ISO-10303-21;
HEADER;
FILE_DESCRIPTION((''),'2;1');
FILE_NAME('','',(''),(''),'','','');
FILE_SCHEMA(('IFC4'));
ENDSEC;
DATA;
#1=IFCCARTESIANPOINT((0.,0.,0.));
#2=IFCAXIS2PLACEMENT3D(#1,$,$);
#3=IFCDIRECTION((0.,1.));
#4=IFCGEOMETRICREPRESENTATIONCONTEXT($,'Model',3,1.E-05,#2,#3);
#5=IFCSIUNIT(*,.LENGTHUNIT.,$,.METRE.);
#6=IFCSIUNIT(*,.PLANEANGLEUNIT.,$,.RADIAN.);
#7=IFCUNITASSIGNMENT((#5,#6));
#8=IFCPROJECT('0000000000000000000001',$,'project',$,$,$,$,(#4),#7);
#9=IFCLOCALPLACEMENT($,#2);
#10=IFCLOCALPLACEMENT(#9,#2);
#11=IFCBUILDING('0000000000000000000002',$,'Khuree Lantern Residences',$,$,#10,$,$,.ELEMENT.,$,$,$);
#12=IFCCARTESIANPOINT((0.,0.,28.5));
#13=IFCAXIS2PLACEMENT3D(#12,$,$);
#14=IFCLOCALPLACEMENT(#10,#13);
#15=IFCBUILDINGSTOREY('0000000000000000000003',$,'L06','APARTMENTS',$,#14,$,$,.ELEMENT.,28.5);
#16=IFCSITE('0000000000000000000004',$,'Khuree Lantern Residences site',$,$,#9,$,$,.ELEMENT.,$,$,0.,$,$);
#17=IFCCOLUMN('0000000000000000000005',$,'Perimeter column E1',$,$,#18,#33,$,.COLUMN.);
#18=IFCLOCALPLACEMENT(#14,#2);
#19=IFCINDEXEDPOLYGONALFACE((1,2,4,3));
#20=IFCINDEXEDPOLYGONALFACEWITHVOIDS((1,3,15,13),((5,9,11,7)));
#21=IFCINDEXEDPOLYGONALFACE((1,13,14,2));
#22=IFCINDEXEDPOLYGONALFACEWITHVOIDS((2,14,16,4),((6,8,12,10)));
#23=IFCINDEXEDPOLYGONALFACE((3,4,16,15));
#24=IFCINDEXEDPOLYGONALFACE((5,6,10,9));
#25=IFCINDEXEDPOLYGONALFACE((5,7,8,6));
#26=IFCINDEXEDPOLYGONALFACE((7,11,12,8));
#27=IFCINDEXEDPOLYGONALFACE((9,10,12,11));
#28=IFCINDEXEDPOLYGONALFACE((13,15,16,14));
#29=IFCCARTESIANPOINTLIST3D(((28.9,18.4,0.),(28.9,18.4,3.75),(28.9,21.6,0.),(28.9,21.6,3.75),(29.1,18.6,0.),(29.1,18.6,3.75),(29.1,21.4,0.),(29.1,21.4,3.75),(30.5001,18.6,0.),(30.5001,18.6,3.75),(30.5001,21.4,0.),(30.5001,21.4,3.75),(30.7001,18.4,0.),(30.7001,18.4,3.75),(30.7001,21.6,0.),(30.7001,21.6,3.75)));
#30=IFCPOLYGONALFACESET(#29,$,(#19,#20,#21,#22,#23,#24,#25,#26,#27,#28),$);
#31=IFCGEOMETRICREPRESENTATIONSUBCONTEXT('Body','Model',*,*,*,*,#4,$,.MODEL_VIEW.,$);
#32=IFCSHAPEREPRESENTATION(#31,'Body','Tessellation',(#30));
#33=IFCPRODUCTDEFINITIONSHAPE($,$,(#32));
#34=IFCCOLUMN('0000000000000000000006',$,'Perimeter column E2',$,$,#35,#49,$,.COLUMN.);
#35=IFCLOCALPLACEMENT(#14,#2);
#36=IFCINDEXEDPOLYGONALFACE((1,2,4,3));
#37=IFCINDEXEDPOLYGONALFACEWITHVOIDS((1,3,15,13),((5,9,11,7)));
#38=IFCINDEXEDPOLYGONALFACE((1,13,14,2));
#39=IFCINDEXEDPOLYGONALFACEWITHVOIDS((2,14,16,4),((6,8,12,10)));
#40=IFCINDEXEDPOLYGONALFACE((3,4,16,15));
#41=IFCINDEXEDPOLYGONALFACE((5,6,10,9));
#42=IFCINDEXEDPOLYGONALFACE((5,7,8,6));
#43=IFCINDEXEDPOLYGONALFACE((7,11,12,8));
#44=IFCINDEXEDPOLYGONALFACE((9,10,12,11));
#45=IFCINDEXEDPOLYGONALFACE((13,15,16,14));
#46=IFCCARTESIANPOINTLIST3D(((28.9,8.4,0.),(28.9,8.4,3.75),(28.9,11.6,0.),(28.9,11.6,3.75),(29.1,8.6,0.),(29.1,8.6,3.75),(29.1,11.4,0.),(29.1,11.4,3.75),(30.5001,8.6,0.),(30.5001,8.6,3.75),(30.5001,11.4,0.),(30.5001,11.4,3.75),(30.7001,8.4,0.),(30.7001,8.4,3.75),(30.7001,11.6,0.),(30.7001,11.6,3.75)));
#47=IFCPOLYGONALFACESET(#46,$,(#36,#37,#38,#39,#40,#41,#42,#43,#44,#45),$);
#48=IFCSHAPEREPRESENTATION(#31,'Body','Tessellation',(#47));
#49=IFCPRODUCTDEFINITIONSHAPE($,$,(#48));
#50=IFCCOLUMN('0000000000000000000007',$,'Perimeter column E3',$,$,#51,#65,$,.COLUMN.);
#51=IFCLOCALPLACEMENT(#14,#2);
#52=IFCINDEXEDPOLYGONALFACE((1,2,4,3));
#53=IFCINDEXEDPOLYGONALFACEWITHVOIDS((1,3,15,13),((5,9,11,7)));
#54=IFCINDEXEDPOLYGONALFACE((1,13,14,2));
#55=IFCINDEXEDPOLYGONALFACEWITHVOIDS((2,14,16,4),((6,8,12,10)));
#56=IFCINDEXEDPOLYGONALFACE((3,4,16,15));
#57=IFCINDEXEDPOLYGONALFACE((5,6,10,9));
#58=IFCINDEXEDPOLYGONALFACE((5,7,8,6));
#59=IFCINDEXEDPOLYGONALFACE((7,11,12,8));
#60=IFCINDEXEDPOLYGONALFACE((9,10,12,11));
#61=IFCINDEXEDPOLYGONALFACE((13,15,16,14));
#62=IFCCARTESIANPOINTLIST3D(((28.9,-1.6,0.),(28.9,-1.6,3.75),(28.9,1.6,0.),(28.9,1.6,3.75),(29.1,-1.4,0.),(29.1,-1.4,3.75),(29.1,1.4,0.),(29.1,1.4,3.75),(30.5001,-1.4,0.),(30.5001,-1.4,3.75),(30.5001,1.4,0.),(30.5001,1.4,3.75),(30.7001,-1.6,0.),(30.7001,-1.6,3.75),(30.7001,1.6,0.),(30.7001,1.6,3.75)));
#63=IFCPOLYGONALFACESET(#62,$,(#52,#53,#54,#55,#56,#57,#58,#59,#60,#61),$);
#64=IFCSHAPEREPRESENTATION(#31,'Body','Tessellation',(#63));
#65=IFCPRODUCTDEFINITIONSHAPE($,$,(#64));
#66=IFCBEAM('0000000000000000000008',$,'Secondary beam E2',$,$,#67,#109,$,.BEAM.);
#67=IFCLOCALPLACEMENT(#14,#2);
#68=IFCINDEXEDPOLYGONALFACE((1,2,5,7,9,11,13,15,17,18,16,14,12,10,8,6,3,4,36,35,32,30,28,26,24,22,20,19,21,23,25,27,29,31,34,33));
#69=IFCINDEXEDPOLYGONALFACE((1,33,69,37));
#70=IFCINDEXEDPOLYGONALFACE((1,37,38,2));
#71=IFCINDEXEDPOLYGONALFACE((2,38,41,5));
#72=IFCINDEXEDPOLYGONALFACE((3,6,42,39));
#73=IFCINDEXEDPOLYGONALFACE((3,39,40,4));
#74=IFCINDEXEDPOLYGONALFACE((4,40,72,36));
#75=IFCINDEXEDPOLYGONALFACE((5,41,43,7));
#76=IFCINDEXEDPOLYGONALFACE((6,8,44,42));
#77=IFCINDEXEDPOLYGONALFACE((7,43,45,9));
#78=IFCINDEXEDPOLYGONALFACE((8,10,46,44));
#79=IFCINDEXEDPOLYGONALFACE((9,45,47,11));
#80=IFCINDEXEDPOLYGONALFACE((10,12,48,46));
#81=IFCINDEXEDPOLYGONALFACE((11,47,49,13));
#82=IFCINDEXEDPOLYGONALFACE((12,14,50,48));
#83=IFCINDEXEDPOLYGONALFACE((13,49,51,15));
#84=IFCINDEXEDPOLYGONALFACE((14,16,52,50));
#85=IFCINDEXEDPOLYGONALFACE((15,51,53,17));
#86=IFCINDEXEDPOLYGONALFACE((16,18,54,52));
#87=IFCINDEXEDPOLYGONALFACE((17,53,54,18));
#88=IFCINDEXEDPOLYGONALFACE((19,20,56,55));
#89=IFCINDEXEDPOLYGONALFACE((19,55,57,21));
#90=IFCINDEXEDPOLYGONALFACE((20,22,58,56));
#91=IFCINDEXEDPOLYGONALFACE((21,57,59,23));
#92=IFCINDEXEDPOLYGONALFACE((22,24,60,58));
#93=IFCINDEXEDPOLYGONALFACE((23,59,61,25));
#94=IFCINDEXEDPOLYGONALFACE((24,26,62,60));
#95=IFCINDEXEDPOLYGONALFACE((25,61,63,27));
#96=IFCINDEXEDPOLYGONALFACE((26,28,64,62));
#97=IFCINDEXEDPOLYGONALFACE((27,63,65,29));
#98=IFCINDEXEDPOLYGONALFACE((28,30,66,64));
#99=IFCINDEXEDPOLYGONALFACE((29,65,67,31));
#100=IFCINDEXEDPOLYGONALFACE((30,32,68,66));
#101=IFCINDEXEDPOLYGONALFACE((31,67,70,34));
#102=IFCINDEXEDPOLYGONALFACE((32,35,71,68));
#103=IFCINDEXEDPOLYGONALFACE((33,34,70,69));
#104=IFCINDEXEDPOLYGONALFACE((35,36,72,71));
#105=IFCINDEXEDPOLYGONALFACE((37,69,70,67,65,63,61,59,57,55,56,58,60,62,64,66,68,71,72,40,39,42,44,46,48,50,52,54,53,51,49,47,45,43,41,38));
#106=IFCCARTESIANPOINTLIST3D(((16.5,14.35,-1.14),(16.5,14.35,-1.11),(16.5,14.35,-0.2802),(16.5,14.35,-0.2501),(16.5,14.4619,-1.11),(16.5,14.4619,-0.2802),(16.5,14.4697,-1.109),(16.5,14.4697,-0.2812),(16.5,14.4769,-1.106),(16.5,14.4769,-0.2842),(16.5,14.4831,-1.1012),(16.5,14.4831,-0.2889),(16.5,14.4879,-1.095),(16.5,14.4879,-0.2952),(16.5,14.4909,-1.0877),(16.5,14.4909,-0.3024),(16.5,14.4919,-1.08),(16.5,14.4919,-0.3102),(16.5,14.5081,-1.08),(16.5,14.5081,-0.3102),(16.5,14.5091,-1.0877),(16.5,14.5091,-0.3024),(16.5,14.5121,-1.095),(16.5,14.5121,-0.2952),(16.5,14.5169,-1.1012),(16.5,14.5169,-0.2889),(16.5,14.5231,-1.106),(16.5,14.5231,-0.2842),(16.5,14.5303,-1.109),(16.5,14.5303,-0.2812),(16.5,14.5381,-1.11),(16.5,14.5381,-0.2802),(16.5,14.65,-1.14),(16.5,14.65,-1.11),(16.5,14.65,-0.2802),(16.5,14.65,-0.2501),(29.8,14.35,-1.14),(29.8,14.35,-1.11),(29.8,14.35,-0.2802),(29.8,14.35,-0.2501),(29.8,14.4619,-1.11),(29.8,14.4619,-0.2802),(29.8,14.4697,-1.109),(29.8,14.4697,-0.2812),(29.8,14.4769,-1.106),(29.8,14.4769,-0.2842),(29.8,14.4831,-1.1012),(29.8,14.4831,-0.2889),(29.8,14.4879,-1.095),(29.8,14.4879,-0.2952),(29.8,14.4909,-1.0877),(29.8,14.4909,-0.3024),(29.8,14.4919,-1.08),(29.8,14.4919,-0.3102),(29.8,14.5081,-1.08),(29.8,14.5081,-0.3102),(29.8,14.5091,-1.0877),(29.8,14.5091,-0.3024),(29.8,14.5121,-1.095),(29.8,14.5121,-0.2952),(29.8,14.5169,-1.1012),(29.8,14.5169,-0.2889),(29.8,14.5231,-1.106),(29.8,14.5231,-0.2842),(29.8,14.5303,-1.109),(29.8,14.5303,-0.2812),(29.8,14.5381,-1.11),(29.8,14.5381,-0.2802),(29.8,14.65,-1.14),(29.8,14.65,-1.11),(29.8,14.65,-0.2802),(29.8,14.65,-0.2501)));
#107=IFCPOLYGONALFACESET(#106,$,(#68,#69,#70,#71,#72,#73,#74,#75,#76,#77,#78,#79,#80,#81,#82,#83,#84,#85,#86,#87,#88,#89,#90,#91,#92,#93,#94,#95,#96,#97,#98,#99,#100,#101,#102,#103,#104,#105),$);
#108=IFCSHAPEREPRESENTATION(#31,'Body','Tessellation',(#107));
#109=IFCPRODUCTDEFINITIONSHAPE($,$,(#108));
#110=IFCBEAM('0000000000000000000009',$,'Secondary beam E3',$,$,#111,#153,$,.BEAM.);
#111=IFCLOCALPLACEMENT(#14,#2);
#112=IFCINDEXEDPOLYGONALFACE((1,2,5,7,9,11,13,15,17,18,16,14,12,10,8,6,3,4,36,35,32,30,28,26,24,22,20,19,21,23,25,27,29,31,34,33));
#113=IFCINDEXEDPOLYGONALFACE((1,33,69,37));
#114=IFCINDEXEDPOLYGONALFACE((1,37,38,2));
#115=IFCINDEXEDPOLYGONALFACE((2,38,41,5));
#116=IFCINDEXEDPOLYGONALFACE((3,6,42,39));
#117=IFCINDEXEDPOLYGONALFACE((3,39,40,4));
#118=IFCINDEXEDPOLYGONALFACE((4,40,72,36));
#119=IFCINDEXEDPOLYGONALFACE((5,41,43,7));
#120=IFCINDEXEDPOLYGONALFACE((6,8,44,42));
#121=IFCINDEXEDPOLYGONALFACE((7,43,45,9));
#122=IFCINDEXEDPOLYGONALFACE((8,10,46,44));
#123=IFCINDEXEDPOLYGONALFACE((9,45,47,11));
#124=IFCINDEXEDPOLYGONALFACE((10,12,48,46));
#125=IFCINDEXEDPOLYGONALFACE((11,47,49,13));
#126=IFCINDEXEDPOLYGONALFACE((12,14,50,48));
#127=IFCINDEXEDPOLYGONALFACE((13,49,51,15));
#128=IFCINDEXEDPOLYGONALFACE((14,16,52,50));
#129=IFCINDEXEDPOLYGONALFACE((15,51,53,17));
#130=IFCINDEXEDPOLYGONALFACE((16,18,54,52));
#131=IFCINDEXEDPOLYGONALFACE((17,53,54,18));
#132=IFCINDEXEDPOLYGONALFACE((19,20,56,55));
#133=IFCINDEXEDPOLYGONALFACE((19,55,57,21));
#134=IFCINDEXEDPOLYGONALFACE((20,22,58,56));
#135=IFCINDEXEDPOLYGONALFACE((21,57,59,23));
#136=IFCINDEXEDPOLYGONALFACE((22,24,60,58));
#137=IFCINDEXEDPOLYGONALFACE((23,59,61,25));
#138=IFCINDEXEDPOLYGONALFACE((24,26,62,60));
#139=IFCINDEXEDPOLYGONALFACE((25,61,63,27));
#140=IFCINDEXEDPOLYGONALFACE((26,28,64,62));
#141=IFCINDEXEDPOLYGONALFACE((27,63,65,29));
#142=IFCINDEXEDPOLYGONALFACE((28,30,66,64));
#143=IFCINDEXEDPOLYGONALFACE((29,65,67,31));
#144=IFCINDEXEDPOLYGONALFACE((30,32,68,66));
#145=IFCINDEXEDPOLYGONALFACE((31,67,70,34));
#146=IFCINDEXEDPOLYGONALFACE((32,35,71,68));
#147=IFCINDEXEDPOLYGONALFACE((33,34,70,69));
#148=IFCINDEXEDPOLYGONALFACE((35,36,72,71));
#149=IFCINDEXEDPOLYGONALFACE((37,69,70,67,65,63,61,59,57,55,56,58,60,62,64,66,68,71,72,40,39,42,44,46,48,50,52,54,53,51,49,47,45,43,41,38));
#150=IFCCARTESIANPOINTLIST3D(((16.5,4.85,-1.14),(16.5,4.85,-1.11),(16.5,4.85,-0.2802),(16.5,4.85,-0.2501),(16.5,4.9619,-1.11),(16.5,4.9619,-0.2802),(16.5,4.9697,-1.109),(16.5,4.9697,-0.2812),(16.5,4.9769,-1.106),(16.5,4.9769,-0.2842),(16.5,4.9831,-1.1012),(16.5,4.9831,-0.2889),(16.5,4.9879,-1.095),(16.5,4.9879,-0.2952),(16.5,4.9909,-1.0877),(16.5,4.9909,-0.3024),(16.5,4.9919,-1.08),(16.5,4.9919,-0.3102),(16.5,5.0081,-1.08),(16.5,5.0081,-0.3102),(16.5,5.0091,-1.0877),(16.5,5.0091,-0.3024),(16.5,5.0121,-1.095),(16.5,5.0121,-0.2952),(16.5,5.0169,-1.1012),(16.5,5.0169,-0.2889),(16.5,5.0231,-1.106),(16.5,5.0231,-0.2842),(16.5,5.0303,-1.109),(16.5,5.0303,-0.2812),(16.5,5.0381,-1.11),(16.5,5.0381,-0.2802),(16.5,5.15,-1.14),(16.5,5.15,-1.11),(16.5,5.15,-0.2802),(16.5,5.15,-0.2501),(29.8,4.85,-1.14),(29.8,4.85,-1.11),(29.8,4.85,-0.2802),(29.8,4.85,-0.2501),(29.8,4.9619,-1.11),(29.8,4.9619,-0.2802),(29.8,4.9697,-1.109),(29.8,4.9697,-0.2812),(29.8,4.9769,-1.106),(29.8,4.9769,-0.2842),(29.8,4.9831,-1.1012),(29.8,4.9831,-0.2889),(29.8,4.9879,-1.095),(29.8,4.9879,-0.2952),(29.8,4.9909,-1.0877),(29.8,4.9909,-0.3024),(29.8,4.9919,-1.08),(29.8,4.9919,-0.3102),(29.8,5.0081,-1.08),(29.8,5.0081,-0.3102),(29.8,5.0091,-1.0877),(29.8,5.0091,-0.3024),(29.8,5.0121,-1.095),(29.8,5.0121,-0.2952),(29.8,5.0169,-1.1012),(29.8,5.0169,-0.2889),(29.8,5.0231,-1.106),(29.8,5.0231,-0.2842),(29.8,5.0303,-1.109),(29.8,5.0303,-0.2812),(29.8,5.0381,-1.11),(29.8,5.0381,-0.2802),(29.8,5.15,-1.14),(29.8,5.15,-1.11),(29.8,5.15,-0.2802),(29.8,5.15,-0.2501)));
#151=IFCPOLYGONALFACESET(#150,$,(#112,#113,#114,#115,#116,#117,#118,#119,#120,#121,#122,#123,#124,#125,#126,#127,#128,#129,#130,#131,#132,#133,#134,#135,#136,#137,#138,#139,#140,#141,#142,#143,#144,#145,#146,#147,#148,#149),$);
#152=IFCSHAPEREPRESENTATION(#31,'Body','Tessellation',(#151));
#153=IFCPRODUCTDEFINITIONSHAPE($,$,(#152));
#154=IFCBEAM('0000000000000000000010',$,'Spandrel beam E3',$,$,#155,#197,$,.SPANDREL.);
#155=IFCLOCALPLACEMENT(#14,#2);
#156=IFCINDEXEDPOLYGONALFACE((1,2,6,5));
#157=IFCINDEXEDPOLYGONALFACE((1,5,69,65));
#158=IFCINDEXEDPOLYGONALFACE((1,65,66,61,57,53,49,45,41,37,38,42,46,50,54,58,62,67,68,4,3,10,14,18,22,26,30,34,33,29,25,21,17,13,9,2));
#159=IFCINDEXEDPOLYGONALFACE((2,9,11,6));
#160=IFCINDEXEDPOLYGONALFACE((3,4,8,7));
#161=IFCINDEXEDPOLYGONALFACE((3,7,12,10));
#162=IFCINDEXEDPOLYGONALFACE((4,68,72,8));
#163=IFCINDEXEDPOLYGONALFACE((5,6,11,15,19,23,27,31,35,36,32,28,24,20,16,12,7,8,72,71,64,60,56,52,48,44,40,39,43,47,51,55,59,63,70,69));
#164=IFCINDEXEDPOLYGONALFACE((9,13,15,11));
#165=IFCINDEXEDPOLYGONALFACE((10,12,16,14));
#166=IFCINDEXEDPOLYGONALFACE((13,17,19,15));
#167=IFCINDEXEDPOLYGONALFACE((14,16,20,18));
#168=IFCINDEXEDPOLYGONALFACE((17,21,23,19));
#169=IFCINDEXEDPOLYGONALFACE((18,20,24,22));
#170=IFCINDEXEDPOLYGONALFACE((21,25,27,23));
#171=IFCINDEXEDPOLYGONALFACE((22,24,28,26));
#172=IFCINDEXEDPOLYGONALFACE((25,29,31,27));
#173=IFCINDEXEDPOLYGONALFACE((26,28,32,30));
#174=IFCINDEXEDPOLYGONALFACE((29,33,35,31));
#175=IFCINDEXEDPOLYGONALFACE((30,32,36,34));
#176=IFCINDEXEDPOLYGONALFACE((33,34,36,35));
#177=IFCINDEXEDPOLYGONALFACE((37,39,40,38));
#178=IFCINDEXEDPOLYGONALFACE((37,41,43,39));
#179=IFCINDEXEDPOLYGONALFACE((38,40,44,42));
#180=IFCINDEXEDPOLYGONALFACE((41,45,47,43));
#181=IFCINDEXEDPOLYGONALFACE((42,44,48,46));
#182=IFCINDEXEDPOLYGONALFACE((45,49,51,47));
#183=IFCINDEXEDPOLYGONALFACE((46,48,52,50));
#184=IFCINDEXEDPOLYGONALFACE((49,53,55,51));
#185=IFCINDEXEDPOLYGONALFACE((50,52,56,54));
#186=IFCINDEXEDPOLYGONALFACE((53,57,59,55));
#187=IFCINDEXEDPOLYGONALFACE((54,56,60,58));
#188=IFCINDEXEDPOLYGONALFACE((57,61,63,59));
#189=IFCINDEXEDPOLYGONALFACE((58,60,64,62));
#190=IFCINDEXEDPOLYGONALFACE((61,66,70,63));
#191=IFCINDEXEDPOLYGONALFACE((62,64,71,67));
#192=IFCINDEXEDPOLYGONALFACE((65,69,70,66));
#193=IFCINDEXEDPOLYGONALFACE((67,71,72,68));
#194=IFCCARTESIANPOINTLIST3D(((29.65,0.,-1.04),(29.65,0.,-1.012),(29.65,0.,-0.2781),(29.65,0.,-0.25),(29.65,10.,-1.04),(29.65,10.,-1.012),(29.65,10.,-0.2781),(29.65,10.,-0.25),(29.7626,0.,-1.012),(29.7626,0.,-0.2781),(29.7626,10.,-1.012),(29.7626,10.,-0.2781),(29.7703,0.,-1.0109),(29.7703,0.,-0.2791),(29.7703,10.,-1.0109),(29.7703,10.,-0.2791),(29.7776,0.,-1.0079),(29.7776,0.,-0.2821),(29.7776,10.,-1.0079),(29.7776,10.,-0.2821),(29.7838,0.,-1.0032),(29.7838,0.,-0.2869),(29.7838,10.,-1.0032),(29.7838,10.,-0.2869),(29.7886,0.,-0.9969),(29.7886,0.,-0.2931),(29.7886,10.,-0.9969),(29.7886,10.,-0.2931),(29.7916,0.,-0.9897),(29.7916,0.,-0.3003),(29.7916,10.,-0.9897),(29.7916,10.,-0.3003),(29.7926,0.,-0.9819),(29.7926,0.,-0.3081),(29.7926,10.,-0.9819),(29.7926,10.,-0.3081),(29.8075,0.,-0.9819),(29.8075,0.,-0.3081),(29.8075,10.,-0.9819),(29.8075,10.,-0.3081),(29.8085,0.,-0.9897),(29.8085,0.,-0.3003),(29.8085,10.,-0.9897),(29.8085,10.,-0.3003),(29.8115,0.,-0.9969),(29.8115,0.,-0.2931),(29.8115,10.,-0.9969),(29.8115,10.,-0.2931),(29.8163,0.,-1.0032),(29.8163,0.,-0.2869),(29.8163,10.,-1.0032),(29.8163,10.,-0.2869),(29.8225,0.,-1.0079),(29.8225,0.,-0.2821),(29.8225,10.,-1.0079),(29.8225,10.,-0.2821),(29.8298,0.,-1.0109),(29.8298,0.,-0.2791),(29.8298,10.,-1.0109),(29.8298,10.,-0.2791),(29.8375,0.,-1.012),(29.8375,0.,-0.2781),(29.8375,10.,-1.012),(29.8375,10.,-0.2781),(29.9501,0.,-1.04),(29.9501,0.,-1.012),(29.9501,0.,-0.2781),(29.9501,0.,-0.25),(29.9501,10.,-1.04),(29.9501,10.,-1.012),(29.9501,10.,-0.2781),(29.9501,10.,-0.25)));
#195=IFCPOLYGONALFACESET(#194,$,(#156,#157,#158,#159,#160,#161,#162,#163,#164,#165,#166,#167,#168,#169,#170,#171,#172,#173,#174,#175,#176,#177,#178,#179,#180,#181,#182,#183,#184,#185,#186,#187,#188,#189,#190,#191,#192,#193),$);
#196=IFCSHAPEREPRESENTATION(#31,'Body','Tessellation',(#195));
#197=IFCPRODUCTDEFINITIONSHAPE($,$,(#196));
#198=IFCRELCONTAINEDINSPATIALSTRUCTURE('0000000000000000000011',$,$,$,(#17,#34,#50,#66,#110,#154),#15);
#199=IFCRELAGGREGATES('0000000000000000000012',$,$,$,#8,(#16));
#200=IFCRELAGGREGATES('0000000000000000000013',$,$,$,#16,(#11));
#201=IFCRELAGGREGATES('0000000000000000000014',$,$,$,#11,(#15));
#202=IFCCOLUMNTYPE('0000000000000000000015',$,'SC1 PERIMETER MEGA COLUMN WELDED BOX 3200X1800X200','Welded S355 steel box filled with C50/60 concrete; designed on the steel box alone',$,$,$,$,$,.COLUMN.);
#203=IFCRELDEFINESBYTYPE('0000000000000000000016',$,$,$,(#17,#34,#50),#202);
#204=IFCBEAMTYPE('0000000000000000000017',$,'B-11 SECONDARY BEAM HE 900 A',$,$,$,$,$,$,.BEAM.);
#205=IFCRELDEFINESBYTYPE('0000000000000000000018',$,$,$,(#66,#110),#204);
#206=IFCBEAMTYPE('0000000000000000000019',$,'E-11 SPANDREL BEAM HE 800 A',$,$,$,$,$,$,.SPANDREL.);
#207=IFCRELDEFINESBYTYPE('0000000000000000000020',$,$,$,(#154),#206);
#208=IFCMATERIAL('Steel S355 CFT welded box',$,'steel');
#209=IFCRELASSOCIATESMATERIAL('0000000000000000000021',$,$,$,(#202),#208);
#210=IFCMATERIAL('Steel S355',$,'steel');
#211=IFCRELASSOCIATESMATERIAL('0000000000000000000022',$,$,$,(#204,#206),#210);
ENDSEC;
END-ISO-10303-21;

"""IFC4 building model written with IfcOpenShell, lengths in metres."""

from ifc_helpers import new_model, si_unit, direction, frame, origin, origin_2d, place, context, subcontext, project, spatial, hollow_rectangle, i_section, extrude, material, material_profile, profile_set, type_object, element, save


model = new_model("IFC4")

# Units and contexts
model_context = context("Model", 3, precision=1e-05, world=origin(), true_north=direction((0.0, 1.0)))
body_context = subcontext(model_context, "Body", "Model", "MODEL_VIEW")
ifc_project = project(units=[si_unit("LENGTHUNIT", "METRE"), si_unit("PLANEANGLEUNIT", "RADIAN")], contexts=[model_context])

# Site, building, storey
site_placement = place(None, origin())
site = spatial("IfcSite", under=ifc_project, at=site_placement, Name="Khuree Lantern Residences site", CompositionType="ELEMENT", RefElevation=0.0)
building_placement = place(site_placement, origin())
building = spatial("IfcBuilding", under=site, at=building_placement, Name="Khuree Lantern Residences", CompositionType="ELEMENT")
storey_placement = place(building_placement, frame((0.0, 0.0, 28.5)))
storey = spatial("IfcBuildingStorey", under=building, at=storey_placement, Name="L06", Description="APARTMENTS", CompositionType="ELEMENT", Elevation=28.5)

# Columns
ifc_material_1 = material(Name="Steel S355 CFT welded box", Category="steel")
ifc_material_profile_1 = material_profile(ifc_material_1, hollow_rectangle(XDim=3.2, YDim=1.8, WallThickness=0.2, at=origin_2d()), Name="WELDED BOX 3200X1800X200")
ifc_profile_set_1 = profile_set([ifc_material_profile_1], Name="Steel S355 CFT welded box")
column_type = type_object("IfcColumnType", Name="SC1 PERIMETER MEGA COLUMN WELDED BOX 3200X1800X200", Description="Welded S355 steel box filled with C50/60 concrete; designed on the steel box alone", PredefinedType="COLUMN", material=ifc_profile_set_1)
for number, where, z_axis, x_axis, name in (
    (1, (29.8, 20.0, 0.0), (0.0, 0.0, 1.0), (0.0, 1.0, 0.0), "Perimeter column E1"),
    (2, (29.8, 10.0, 0.0), (0.0, 0.0, 1.0), (0.0, 1.0, 0.0), "Perimeter column E2"),
    (3, (29.8, 0.0, 0.0), (0.0, 0.0, 1.0), (0.0, 1.0, 0.0), "Perimeter column E3"),
):
    element("IfcColumn", number, at=place(storey_placement, frame(where, z_axis=z_axis, x_axis=x_axis)), inside=storey, type_object=column_type, Name=name, PredefinedType="COLUMN", context=body_context, shape_type="SweptSolid", body=[
        extrude(hollow_rectangle(XDim=3.2, YDim=1.8, WallThickness=0.2, at=origin_2d()), origin(), (0.0, 0.0, 1.0), 3.75),
    ])

# Beams
ifc_material_2 = material(Name="Steel S355", Category="steel")
ifc_material_profile_2 = material_profile(ifc_material_2, i_section(OverallWidth=0.3, OverallDepth=0.8899, WebThickness=0.0161, FlangeThickness=0.03, FilletRadius=0.03, at=origin_2d()), Name="HE 900 A")
ifc_profile_set_2 = profile_set([ifc_material_profile_2], Name="Steel S355")
beam_type_1 = type_object("IfcBeamType", Name="B-11 SECONDARY BEAM HE 900 A", PredefinedType="BEAM", material=ifc_profile_set_2)
for number, where, z_axis, x_axis, name in (
    (4, (29.8, 14.5, -0.6951), (-1.0, 0.0, 0.0), (0.0, -1.0, 0.0), "Secondary beam E2"),
    (5, (29.8, 5.0, -0.6951), (-1.0, 0.0, 0.0), (0.0, -1.0, 0.0), "Secondary beam E3"),
):
    element("IfcBeam", number, at=place(storey_placement, frame(where, z_axis=z_axis, x_axis=x_axis)), inside=storey, type_object=beam_type_1, Name=name, PredefinedType="BEAM", context=body_context, shape_type="SweptSolid", body=[
        extrude(i_section(OverallWidth=0.3, OverallDepth=0.8899, WebThickness=0.0161, FlangeThickness=0.03, FilletRadius=0.03, at=origin_2d()), origin(), (0.0, 0.0, 1.0), 13.3),
    ])
ifc_material_profile_3 = material_profile(ifc_material_2, i_section(OverallWidth=0.3, OverallDepth=0.79, WebThickness=0.0149, FlangeThickness=0.0281, FilletRadius=0.03, at=origin_2d()), Name="HE 800 A")
ifc_profile_set_3 = profile_set([ifc_material_profile_3], Name="Steel S355")
beam_type_2 = type_object("IfcBeamType", Name="E-11 SPANDREL BEAM HE 800 A", PredefinedType="SPANDREL", material=ifc_profile_set_3)
for number, where, z_axis, x_axis, name in (
    (6, (29.8, 10.0, -0.645), (0.0, -1.0, 0.0), (1.0, 0.0, 0.0), "Spandrel beam E3"),
):
    element("IfcBeam", number, at=place(storey_placement, frame(where, z_axis=z_axis, x_axis=x_axis)), inside=storey, type_object=beam_type_2, Name=name, PredefinedType="SPANDREL", context=body_context, shape_type="SweptSolid", body=[
        extrude(i_section(OverallWidth=0.3, OverallDepth=0.79, WebThickness=0.0149, FlangeThickness=0.0281, FilletRadius=0.03, at=origin_2d()), origin(), (0.0, 0.0, 1.0), 10.0),
    ])

save(model, "model.ifc")
